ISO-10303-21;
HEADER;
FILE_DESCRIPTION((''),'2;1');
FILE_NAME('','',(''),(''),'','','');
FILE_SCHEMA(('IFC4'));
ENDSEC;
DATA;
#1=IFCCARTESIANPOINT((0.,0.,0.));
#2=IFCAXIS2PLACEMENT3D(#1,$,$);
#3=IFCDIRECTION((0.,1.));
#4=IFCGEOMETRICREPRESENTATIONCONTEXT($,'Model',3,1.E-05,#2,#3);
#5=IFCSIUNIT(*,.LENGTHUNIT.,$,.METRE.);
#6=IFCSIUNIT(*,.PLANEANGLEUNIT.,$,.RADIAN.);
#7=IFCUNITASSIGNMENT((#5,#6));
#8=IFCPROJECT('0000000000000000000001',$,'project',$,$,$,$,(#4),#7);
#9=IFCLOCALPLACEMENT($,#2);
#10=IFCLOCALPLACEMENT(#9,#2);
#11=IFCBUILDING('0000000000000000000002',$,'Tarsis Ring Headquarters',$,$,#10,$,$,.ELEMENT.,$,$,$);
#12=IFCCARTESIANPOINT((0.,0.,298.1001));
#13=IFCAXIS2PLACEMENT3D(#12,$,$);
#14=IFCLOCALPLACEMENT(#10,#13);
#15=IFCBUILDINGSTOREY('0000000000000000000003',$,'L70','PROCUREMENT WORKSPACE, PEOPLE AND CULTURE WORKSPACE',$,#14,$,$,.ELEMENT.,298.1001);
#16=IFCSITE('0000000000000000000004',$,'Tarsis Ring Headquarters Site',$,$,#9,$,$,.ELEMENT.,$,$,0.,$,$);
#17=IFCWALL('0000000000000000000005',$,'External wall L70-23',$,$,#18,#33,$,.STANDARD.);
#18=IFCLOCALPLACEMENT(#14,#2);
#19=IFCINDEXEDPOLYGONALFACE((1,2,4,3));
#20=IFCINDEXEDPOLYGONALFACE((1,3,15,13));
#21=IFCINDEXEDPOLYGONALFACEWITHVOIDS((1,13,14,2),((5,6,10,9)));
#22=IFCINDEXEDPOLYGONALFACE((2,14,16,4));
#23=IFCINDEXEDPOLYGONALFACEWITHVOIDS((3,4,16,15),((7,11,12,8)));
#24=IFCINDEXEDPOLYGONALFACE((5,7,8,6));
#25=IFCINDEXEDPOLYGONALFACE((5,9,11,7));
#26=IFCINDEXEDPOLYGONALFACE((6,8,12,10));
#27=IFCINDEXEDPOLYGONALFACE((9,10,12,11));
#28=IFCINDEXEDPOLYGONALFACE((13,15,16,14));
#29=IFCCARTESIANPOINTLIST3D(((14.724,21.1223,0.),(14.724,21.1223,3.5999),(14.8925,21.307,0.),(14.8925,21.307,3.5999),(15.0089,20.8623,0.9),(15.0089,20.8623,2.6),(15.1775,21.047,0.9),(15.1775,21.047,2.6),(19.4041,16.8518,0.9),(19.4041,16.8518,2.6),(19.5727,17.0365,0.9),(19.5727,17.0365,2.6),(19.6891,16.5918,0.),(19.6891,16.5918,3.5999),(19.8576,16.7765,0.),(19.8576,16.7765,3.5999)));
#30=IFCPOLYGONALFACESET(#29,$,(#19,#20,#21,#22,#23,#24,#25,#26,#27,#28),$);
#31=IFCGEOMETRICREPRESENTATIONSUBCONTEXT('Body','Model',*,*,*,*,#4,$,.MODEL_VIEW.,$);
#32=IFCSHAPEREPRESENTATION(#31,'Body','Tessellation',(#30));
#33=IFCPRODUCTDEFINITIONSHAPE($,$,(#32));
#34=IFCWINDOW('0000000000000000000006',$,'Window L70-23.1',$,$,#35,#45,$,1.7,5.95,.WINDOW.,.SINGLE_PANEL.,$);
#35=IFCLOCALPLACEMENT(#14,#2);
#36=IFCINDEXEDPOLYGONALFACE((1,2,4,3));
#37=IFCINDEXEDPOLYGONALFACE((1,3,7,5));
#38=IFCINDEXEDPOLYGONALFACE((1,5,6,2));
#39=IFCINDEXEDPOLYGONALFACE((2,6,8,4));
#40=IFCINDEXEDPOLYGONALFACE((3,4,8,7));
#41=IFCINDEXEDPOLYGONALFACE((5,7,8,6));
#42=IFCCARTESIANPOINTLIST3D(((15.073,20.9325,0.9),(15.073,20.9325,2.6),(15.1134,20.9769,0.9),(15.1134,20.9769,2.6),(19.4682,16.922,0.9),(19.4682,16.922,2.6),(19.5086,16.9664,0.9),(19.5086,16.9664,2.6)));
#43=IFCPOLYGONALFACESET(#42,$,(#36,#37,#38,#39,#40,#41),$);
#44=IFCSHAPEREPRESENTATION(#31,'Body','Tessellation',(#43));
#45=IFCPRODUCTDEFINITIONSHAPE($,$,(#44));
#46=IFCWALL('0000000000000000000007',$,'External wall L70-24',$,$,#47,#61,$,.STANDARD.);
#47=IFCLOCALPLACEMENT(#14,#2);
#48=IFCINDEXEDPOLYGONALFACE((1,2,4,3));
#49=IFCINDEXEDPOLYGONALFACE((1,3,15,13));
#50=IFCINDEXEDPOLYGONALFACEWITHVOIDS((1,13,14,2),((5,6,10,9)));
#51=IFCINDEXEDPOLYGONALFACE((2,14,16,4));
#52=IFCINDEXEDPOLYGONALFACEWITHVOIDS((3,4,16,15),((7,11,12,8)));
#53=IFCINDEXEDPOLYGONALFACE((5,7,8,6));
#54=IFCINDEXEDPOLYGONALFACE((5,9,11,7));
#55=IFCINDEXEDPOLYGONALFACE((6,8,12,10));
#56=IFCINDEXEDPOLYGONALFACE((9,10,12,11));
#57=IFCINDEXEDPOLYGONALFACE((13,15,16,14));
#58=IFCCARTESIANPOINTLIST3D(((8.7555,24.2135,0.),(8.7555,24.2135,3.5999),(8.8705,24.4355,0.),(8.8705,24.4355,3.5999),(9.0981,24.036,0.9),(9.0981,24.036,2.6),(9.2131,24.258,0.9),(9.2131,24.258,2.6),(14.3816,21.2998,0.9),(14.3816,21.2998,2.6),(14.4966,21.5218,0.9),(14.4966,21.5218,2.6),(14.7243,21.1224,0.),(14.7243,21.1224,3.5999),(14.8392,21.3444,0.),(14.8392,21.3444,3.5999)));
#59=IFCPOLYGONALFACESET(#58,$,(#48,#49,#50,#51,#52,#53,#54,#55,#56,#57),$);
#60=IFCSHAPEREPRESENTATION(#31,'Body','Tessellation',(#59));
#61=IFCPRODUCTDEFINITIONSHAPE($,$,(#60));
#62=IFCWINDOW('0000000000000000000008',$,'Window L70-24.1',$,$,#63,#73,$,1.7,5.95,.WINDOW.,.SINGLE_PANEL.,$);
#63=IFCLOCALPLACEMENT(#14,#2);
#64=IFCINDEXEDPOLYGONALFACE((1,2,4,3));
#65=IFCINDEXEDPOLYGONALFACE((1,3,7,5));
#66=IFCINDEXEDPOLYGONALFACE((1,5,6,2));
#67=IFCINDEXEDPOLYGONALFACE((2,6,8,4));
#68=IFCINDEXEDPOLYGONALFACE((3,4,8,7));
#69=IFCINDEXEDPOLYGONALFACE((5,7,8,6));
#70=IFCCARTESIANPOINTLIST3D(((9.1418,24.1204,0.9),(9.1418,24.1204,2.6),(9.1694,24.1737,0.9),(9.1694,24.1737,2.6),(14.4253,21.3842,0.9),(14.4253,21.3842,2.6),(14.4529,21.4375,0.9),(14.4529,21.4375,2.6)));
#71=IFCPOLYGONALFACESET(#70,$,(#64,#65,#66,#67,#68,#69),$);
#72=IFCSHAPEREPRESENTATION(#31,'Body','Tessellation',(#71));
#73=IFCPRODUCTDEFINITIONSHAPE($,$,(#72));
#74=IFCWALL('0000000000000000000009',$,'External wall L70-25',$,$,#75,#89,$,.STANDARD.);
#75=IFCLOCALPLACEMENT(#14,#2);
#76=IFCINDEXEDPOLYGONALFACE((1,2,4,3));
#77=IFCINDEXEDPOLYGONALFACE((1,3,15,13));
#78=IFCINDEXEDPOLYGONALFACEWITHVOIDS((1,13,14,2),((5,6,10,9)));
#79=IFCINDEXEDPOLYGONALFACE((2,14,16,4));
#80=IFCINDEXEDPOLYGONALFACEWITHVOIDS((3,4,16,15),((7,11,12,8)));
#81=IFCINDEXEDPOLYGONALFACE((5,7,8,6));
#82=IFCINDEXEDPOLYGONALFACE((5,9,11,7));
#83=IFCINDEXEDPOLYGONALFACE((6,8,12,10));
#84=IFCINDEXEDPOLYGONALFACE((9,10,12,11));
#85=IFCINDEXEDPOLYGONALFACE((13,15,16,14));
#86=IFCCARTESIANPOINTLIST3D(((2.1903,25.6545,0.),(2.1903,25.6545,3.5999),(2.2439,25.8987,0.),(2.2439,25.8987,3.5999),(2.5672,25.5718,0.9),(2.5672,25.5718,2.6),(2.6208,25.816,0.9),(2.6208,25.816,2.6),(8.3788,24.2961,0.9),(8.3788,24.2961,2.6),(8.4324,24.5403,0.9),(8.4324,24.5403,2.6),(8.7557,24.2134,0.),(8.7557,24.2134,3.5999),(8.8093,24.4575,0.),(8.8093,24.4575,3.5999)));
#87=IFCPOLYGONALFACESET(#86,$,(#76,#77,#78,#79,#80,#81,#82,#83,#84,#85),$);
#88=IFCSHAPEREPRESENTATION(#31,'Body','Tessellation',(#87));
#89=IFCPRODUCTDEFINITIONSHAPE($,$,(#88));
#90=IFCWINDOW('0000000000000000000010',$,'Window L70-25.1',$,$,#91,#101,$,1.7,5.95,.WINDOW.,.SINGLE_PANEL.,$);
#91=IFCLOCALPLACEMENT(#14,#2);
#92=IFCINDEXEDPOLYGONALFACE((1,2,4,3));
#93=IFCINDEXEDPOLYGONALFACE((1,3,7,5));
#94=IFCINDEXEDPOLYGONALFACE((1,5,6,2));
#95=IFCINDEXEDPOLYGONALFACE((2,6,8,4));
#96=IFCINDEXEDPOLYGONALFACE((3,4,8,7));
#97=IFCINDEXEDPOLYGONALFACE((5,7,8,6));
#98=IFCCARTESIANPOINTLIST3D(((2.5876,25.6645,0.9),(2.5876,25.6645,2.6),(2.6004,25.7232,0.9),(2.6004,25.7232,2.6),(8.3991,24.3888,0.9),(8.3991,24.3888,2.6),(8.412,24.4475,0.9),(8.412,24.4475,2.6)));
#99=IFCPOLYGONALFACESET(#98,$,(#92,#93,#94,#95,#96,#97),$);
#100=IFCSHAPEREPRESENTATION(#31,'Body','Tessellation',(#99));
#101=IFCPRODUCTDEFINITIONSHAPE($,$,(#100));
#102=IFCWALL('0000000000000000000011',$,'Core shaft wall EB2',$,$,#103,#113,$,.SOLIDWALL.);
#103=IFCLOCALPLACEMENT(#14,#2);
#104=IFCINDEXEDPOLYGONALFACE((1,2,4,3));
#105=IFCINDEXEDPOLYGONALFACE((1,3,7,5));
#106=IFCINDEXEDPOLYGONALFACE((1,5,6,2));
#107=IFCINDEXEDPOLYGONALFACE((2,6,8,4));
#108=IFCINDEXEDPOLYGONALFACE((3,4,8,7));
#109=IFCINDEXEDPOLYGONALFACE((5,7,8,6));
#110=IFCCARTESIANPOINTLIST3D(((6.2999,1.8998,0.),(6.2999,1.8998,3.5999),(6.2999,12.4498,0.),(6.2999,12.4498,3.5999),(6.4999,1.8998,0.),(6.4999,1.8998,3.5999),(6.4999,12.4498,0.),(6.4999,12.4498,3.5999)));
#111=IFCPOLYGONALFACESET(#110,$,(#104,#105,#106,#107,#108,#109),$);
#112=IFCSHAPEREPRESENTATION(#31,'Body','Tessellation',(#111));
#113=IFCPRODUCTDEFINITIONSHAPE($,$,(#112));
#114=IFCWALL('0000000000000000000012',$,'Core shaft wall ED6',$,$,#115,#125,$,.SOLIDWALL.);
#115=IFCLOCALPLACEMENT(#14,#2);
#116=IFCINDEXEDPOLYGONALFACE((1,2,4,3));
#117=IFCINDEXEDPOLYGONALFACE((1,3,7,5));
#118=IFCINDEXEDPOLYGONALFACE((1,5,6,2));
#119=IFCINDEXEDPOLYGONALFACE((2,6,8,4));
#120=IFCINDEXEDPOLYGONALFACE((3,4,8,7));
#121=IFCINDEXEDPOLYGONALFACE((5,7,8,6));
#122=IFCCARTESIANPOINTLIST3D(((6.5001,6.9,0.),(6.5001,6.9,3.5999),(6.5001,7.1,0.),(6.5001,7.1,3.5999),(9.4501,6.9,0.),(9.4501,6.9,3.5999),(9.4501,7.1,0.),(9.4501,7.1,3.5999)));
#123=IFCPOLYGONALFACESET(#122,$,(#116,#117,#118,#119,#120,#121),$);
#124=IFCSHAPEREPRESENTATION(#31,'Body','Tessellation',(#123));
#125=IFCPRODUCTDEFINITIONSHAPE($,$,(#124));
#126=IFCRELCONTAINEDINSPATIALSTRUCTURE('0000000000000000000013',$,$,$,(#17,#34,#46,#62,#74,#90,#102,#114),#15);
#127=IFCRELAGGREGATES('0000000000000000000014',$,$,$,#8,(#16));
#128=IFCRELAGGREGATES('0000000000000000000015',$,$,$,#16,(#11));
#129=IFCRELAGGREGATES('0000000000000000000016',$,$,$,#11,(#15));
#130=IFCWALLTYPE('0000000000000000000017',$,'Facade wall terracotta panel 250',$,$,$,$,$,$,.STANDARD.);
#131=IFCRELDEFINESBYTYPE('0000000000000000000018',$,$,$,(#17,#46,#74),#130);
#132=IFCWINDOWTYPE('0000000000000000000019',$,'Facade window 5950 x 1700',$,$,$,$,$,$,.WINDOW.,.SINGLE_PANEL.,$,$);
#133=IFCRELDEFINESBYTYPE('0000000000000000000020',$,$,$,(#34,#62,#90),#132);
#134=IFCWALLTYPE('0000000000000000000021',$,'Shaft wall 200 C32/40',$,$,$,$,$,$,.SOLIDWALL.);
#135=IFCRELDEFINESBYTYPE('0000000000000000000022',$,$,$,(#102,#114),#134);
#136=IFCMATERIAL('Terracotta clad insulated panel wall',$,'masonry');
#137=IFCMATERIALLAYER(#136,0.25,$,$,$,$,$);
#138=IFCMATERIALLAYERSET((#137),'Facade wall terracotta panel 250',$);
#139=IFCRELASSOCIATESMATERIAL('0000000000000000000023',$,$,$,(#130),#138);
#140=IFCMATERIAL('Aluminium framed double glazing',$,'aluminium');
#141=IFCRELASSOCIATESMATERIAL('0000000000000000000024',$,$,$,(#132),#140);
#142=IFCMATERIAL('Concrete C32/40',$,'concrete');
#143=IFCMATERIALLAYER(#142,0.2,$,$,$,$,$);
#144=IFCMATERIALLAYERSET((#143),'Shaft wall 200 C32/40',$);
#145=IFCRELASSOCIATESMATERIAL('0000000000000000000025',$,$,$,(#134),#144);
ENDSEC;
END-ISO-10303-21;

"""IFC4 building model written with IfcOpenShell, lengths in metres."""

from ifc_helpers import new_model, si_unit, direction, frame, frame_2d, origin, place, context, subcontext, project, spatial, rectangle, extrude, material, layer, layer_set, type_object, element, fill, save


model = new_model("IFC4")

# Units and contexts
model_context = context("Model", 3, precision=1e-05, world=origin(), true_north=direction((0.0, 1.0)))
body_context = subcontext(model_context, "Body", "Model", "MODEL_VIEW")
ifc_project = project(units=[si_unit("LENGTHUNIT", "METRE"), si_unit("PLANEANGLEUNIT", "RADIAN")], contexts=[model_context])

# Site, building, storey
site_placement = place(None, origin())
site = spatial("IfcSite", under=ifc_project, at=site_placement, Name="Tarsis Ring Headquarters Site", CompositionType="ELEMENT", RefElevation=0.0)
building_placement = place(site_placement, origin())
building = spatial("IfcBuilding", under=site, at=building_placement, Name="Tarsis Ring Headquarters", CompositionType="ELEMENT")
storey_placement = place(building_placement, frame((0.0, 0.0, 298.1001)))
storey = spatial("IfcBuildingStorey", under=building, at=storey_placement, Name="L70", Description="PROCUREMENT WORKSPACE, PEOPLE AND CULTURE WORKSPACE", CompositionType="ELEMENT", Elevation=298.1001)

# Walls, openings, windows
ifc_material_1 = material(Name="Terracotta clad insulated panel wall", Category="masonry")
ifc_layer_1 = layer(ifc_material_1, 0.25)
ifc_layer_set_1 = layer_set([ifc_layer_1], Name="Facade wall terracotta panel 250")
wall_type_1 = type_object("IfcWallType", Name="Facade wall terracotta panel 250", PredefinedType="STANDARD", material=ifc_layer_set_1)
ifc_material_2 = material(Name="Aluminium framed double glazing", Category="aluminium")
window_type = type_object("IfcWindowType", Name="Facade window 5950 x 1700", PartitioningType="SINGLE_PANEL", PredefinedType="WINDOW", material=ifc_material_2)
wall_1_placement = place(storey_placement, frame((19.7734, 16.6841, 0.0), z_axis=(0.0, 0.0, 1.0), x_axis=(-0.738695, 0.67404, 0.0)))
wall_1 = element("IfcWall", 1, at=wall_1_placement, inside=storey, type_object=wall_type_1, Name="External wall L70-23", PredefinedType="STANDARD", context=body_context, shape_type="SweptSolid", body=[
    extrude(rectangle(XDim=6.7214, YDim=0.25, at=frame_2d((3.3608, 0.0))), origin(), (0.0, 0.0, 1.0), 3.5999),
])
opening_1_placement = place(wall_1_placement, frame((0.3857, 0.0, 0.8999)))
opening_1 = element("IfcOpeningElement", 2, at=opening_1_placement, cuts=wall_1, PredefinedType="OPENING", context=body_context, shape_type="SweptSolid", body=[
    extrude(rectangle(XDim=5.95, YDim=1.7, at=frame_2d((2.9751, 0.8501))), frame((0.0, 0.135, 0.0), z_axis=(0.0, -1.0, 0.0), x_axis=(1.0, 0.0, 0.0)), (0.0, 0.0, 1.0), 0.27),
])
window_1_placement = place(opening_1_placement, origin())
window_1 = element("IfcWindow", 3, at=window_1_placement, inside=storey, type_object=window_type, Name="Window L70-23.1", OverallHeight=1.7, OverallWidth=5.95, PartitioningType="SINGLE_PANEL", PredefinedType="WINDOW", context=body_context, shape_type="SweptSolid", body=[
    extrude(rectangle(XDim=5.95, YDim=1.7, at=frame_2d((2.9751, 0.8501))), frame((0.0, 0.03, 0.0), z_axis=(0.0, -1.0, 0.0), x_axis=(1.0, 0.0, 0.0)), (0.0, 0.0, 1.0), 0.0601),
])
fill(opening_1, window_1)
wall_2_placement = place(storey_placement, frame((14.7817, 21.2334, 0.0), z_axis=(0.0, 0.0, 1.0), x_axis=(-0.887988, 0.459867, 0.0)))
wall_2 = element("IfcWall", 4, at=wall_2_placement, inside=storey, type_object=wall_type_1, Name="External wall L70-24", PredefinedType="STANDARD", context=body_context, shape_type="SweptSolid", body=[
    extrude(rectangle(XDim=6.7217, YDim=0.25, at=frame_2d((3.3608, 0.0))), origin(), (0.0, 0.0, 1.0), 3.5999),
])
opening_2_placement = place(wall_2_placement, frame((0.3857, 0.0, 0.8999)))
opening_2 = element("IfcOpeningElement", 5, at=opening_2_placement, cuts=wall_2, PredefinedType="OPENING", context=body_context, shape_type="SweptSolid", body=[
    extrude(rectangle(XDim=5.95, YDim=1.7, at=frame_2d((2.9751, 0.8501))), frame((0.0, 0.135, 0.0), z_axis=(0.0, -1.0, 0.0), x_axis=(1.0, 0.0, 0.0)), (0.0, 0.0, 1.0), 0.27),
])
window_2_placement = place(opening_2_placement, origin())
window_2 = element("IfcWindow", 6, at=window_2_placement, inside=storey, type_object=window_type, Name="Window L70-24.1", OverallHeight=1.7, OverallWidth=5.95, PartitioningType="SINGLE_PANEL", PredefinedType="WINDOW", context=body_context, shape_type="SweptSolid", body=[
    extrude(rectangle(XDim=5.95, YDim=1.7, at=frame_2d((2.9751, 0.8501))), frame((0.0, 0.03, 0.0), z_axis=(0.0, -1.0, 0.0), x_axis=(1.0, 0.0, 0.0)), (0.0, 0.0, 1.0), 0.0601),
])
fill(opening_2, window_2)
wall_3_placement = place(storey_placement, frame((8.7825, 24.3354, 0.0), z_axis=(0.0, 0.0, 1.0), x_axis=(-0.976745, 0.214403, 0.0)))
wall_3 = element("IfcWall", 7, at=wall_3_placement, inside=storey, type_object=wall_type_1, Name="External wall L70-25", PredefinedType="STANDARD", context=body_context, shape_type="SweptSolid", body=[
    extrude(rectangle(XDim=6.7217, YDim=0.25, at=frame_2d((3.3608, 0.0))), origin(), (0.0, 0.0, 1.0), 3.5999),
])
opening_3_placement = place(wall_3_placement, frame((0.3857, 0.0, 0.8999)))
opening_3 = element("IfcOpeningElement", 8, at=opening_3_placement, cuts=wall_3, PredefinedType="OPENING", context=body_context, shape_type="SweptSolid", body=[
    extrude(rectangle(XDim=5.95, YDim=1.7, at=frame_2d((2.9751, 0.8501))), frame((0.0, 0.135, 0.0), z_axis=(0.0, -1.0, 0.0), x_axis=(1.0, 0.0, 0.0)), (0.0, 0.0, 1.0), 0.27),
])
window_3_placement = place(opening_3_placement, origin())
window_3 = element("IfcWindow", 9, at=window_3_placement, inside=storey, type_object=window_type, Name="Window L70-25.1", OverallHeight=1.7, OverallWidth=5.95, PartitioningType="SINGLE_PANEL", PredefinedType="WINDOW", context=body_context, shape_type="SweptSolid", body=[
    extrude(rectangle(XDim=5.95, YDim=1.7, at=frame_2d((2.9751, 0.8501))), frame((0.0, 0.03, 0.0), z_axis=(0.0, -1.0, 0.0), x_axis=(1.0, 0.0, 0.0)), (0.0, 0.0, 1.0), 0.0601),
])
fill(opening_3, window_3)

# Walls
ifc_material_3 = material(Name="Concrete C32/40", Category="concrete")
ifc_layer_2 = layer(ifc_material_3, 0.2)
ifc_layer_set_2 = layer_set([ifc_layer_2], Name="Shaft wall 200 C32/40")
wall_type_2 = type_object("IfcWallType", Name="Shaft wall 200 C32/40", PredefinedType="SOLIDWALL", material=ifc_layer_set_2)
wall_4_placement = place(storey_placement, frame((6.3999, 1.8999, 0.0), z_axis=(0.0, 0.0, 1.0), x_axis=(0.0, 1.0, 0.0)))
element("IfcWall", 10, at=wall_4_placement, inside=storey, type_object=wall_type_2, Name="Core shaft wall EB2", PredefinedType="SOLIDWALL", context=body_context, shape_type="SweptSolid", body=[
    extrude(rectangle(XDim=10.55, YDim=0.2, at=frame_2d((5.2749, 0.0))), origin(), (0.0, 0.0, 1.0), 3.5999),
])
wall_5_placement = place(storey_placement, frame((6.5, 7.0, 0.0), z_axis=(0.0, 0.0, 1.0), x_axis=(1.0, 0.0, 0.0)))
element("IfcWall", 11, at=wall_5_placement, inside=storey, type_object=wall_type_2, Name="Core shaft wall ED6", PredefinedType="SOLIDWALL", context=body_context, shape_type="SweptSolid", body=[
    extrude(rectangle(XDim=2.95, YDim=0.2, at=frame_2d((1.4751, 0.0))), origin(), (0.0, 0.0, 1.0), 3.5999),
])

save(model, "model.ifc")
